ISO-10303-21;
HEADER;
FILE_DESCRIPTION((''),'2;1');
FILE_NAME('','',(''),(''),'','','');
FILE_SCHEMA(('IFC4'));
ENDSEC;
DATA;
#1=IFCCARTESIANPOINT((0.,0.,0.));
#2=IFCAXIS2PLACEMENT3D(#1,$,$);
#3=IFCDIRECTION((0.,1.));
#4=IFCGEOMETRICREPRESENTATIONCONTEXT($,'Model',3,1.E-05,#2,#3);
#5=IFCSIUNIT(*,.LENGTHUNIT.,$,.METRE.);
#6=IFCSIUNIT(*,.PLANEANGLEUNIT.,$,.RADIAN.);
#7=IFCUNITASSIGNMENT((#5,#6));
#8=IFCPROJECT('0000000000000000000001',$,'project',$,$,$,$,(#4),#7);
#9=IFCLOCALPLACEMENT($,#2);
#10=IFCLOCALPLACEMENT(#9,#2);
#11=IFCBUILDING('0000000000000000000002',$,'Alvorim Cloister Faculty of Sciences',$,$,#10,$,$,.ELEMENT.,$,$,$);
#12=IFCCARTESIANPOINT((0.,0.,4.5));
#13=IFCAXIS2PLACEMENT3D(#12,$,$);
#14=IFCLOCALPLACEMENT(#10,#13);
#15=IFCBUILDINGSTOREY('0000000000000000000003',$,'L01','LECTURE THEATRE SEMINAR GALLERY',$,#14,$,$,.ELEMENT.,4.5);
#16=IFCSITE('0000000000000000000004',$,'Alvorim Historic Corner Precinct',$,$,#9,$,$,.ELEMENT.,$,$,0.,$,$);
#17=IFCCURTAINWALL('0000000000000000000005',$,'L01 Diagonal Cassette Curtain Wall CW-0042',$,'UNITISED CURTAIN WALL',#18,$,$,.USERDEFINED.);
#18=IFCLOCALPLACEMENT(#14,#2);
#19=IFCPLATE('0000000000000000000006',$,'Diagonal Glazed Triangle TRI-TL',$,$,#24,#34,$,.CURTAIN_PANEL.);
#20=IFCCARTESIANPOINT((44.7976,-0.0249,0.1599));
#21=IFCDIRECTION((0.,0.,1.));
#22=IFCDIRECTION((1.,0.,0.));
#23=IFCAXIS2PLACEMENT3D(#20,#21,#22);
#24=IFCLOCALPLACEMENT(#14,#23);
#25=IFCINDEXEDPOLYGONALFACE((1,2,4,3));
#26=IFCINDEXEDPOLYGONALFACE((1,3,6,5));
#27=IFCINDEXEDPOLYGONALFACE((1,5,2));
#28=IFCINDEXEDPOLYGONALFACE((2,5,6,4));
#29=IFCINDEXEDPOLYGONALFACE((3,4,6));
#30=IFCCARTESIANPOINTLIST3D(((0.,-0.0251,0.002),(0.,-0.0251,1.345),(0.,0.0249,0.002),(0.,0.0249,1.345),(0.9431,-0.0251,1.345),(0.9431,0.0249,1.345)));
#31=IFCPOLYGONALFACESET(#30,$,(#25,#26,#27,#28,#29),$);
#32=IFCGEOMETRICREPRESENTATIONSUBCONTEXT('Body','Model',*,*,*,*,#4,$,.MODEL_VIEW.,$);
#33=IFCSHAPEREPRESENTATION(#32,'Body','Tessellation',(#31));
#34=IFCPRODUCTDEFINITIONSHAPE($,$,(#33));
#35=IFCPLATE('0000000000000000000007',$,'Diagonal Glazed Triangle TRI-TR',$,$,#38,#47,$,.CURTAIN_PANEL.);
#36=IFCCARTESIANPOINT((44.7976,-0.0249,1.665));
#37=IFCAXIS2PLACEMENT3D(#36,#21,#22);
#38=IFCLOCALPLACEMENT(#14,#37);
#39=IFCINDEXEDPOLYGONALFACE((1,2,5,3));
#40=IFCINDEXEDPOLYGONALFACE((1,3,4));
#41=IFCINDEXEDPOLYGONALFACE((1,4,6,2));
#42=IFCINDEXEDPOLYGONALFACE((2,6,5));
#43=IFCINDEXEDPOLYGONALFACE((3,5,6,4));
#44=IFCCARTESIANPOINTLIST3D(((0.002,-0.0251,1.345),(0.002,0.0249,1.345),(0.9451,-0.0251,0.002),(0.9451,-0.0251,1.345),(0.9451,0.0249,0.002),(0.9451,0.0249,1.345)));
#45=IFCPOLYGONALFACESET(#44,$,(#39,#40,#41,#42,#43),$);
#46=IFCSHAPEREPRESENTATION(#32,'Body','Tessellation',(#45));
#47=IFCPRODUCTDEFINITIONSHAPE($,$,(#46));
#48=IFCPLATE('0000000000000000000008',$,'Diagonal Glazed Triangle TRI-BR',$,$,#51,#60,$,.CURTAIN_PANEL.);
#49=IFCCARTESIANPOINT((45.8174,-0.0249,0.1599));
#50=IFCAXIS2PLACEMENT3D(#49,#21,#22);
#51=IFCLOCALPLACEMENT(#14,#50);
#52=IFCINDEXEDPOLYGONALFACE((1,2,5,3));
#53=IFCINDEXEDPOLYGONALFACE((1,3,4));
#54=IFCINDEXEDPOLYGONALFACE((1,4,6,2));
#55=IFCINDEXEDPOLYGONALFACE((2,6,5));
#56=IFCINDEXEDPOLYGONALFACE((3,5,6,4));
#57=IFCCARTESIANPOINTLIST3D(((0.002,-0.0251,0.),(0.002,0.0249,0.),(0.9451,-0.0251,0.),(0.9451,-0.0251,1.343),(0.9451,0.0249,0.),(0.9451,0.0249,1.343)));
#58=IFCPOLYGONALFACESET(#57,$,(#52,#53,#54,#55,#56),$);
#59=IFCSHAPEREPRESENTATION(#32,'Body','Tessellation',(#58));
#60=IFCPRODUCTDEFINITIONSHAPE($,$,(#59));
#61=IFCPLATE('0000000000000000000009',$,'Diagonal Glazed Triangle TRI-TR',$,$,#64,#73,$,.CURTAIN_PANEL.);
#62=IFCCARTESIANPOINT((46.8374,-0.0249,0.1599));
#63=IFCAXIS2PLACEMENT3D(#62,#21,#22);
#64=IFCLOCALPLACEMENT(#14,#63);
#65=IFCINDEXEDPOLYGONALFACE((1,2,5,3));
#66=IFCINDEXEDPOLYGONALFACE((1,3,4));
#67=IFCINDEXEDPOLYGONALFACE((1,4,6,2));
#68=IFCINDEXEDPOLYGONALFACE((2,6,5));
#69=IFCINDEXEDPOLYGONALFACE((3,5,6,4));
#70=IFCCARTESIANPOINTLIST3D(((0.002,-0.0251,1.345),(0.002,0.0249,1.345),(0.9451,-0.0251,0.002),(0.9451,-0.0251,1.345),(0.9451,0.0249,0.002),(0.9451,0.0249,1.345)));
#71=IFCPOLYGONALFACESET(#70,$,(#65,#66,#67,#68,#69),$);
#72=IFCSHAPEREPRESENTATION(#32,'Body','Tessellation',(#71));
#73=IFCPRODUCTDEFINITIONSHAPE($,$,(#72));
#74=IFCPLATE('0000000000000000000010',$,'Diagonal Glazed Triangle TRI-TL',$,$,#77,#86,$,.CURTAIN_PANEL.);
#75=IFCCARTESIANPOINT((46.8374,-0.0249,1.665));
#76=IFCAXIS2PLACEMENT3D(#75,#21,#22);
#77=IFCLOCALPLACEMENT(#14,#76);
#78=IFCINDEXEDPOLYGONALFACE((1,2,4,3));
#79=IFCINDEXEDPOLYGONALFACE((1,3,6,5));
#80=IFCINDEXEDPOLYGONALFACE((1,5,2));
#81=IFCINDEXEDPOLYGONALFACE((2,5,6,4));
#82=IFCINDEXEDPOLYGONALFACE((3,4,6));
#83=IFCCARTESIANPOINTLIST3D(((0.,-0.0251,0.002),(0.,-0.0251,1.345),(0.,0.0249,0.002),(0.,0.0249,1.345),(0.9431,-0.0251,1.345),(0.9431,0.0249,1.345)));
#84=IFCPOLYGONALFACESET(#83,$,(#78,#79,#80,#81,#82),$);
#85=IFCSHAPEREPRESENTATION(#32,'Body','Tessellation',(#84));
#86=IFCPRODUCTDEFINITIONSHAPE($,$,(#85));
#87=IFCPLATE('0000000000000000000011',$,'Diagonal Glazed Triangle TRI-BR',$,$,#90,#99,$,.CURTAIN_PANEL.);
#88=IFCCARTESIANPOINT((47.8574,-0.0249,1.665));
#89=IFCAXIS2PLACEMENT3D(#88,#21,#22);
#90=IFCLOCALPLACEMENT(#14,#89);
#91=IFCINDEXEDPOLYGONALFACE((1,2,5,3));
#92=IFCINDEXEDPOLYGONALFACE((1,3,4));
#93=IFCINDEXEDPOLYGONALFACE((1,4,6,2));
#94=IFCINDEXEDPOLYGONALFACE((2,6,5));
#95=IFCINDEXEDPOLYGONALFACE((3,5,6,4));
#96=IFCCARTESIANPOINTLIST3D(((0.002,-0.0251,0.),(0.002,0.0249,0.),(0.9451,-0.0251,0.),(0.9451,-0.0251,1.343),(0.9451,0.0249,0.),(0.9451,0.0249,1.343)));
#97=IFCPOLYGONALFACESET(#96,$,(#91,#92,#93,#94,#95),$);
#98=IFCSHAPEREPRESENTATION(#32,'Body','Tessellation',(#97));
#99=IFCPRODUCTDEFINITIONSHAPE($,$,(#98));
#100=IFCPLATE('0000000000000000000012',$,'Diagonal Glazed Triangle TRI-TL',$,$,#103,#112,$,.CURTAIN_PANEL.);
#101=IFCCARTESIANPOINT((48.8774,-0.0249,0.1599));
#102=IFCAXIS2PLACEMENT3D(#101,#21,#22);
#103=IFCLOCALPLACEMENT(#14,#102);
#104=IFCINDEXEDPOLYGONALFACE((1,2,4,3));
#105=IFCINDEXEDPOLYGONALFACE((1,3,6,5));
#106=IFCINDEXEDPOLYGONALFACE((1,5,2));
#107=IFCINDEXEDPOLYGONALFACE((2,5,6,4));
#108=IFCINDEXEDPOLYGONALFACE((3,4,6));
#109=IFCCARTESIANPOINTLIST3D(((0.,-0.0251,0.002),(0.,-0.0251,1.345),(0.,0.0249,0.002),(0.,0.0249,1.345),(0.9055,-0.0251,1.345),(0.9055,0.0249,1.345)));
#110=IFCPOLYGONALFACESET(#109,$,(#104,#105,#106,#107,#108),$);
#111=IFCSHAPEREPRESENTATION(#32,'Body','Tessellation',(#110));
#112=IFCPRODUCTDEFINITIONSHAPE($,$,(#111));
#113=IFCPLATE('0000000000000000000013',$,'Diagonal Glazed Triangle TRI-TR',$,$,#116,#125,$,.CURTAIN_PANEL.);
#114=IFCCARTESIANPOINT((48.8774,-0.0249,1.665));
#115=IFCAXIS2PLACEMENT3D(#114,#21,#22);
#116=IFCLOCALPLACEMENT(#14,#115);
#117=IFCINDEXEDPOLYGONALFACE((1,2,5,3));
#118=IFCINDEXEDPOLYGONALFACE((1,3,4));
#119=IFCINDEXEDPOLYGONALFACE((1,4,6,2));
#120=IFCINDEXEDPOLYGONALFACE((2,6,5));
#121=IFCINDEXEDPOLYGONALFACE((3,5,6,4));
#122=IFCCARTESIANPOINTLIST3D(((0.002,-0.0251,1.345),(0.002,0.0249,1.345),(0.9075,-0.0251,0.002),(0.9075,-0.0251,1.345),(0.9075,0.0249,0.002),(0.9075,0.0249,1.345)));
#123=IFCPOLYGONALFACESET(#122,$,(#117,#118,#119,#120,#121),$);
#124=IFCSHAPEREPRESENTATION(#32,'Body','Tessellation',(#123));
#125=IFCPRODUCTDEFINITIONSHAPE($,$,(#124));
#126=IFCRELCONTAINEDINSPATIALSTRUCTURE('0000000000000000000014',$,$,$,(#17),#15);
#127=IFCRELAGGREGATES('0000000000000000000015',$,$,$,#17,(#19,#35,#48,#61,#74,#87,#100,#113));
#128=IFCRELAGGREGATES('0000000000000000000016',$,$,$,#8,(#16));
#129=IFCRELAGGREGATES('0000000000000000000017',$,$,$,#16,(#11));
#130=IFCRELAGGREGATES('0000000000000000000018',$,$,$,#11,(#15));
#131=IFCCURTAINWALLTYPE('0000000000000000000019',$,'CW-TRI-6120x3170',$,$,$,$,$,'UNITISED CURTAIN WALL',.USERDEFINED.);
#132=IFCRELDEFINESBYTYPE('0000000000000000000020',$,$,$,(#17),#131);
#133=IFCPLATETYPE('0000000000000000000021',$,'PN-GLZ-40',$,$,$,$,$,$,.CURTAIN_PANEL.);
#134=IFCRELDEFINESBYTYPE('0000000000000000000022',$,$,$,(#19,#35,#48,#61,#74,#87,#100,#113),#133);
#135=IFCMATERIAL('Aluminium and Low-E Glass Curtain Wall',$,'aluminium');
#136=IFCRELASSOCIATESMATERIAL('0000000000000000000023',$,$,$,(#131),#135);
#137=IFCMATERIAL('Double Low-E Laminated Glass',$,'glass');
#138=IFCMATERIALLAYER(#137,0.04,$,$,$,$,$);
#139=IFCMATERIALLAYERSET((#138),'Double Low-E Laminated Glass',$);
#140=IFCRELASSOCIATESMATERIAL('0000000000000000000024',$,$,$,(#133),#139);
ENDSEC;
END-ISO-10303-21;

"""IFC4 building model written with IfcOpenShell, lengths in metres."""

from ifc_helpers import new_model, si_unit, direction, frame, origin, place, context, subcontext, project, spatial, polyline, outline, extrude, material, layer, layer_set, type_object, element, aggregate, save


model = new_model("IFC4")

# Units and contexts
model_context = context("Model", 3, precision=1e-05, world=origin(), true_north=direction((0.0, 1.0)))
body_context = subcontext(model_context, "Body", "Model", "MODEL_VIEW")
ifc_project = project(units=[si_unit("LENGTHUNIT", "METRE"), si_unit("PLANEANGLEUNIT", "RADIAN")], contexts=[model_context])

# Site, building, storey
site_placement = place(None, origin())
site = spatial("IfcSite", under=ifc_project, at=site_placement, Name="Alvorim Historic Corner Precinct", CompositionType="ELEMENT", RefElevation=0.0)
building_placement = place(site_placement, origin())
building = spatial("IfcBuilding", under=site, at=building_placement, Name="Alvorim Cloister Faculty of Sciences", CompositionType="ELEMENT")
storey_placement = place(building_placement, frame((0.0, 0.0, 4.5)))
storey = spatial("IfcBuildingStorey", under=building, at=storey_placement, Name="L01", Description="LECTURE THEATRE SEMINAR GALLERY", CompositionType="ELEMENT", Elevation=4.5)

# Curtain wall, plates
ifc_material_1 = material(Name="Aluminium and Low-E Glass Curtain Wall", Category="aluminium")
curtain_wall_type = type_object("IfcCurtainWallType", Name="CW-TRI-6120x3170", ElementType="UNITISED CURTAIN WALL", PredefinedType="USERDEFINED", material=ifc_material_1)
curtain_wall_placement = place(storey_placement, origin())
curtain_wall = element("IfcCurtainWall", 1, at=curtain_wall_placement, inside=storey, type_object=curtain_wall_type, Name="L01 Diagonal Cassette Curtain Wall CW-0042", ObjectType="UNITISED CURTAIN WALL", PredefinedType="USERDEFINED")
ifc_material_2 = material(Name="Double Low-E Laminated Glass", Category="glass")
ifc_layer = layer(ifc_material_2, 0.04)
ifc_layer_set = layer_set([ifc_layer], Name="Double Low-E Laminated Glass")
plate_type = type_object("IfcPlateType", Name="PN-GLZ-40", PredefinedType="CURTAIN_PANEL", material=ifc_layer_set)
plate_1_placement = place(storey_placement, frame((44.7976, -0.0249, 0.1599), z_axis=(0.0, 0.0, 1.0), x_axis=(1.0, 0.0, 0.0)))
plate_1 = element("IfcPlate", 2, at=plate_1_placement, type_object=plate_type, Name="Diagonal Glazed Triangle TRI-TL", PredefinedType="CURTAIN_PANEL", context=body_context, shape_type="SweptSolid", body=[
    extrude(outline(polyline([(0.9431, 1.345), (0.0, 1.345), (0.0, 0.002), (0.9431, 1.345)])), frame((0.0, 0.0249, 0.0), z_axis=(0.0, -1.0, 0.0), x_axis=(1.0, 0.0, 0.0)), (0.0, 0.0, 1.0), 0.05),
])
plate_2_placement = place(storey_placement, frame((44.7976, -0.0249, 1.665), z_axis=(0.0, 0.0, 1.0), x_axis=(1.0, 0.0, 0.0)))
plate_2 = element("IfcPlate", 3, at=plate_2_placement, type_object=plate_type, Name="Diagonal Glazed Triangle TRI-TR", PredefinedType="CURTAIN_PANEL", context=body_context, shape_type="SweptSolid", body=[
    extrude(outline(polyline([(0.9451, 0.002), (0.9451, 1.345), (0.002, 1.345), (0.9451, 0.002)])), frame((0.0, 0.0249, 0.0), z_axis=(0.0, -1.0, 0.0), x_axis=(1.0, 0.0, 0.0)), (0.0, 0.0, 1.0), 0.05),
])
plate_3_placement = place(storey_placement, frame((45.8174, -0.0249, 0.1599), z_axis=(0.0, 0.0, 1.0), x_axis=(1.0, 0.0, 0.0)))
plate_3 = element("IfcPlate", 4, at=plate_3_placement, type_object=plate_type, Name="Diagonal Glazed Triangle TRI-BR", PredefinedType="CURTAIN_PANEL", context=body_context, shape_type="SweptSolid", body=[
    extrude(outline(polyline([(0.002, 0.0), (0.9451, 0.0), (0.9451, 1.343), (0.002, 0.0)])), frame((0.0, 0.0249, 0.0), z_axis=(0.0, -1.0, 0.0), x_axis=(1.0, 0.0, 0.0)), (0.0, 0.0, 1.0), 0.05),
])
plate_4_placement = place(storey_placement, frame((46.8374, -0.0249, 0.1599), z_axis=(0.0, 0.0, 1.0), x_axis=(1.0, 0.0, 0.0)))
plate_4 = element("IfcPlate", 5, at=plate_4_placement, type_object=plate_type, Name="Diagonal Glazed Triangle TRI-TR", PredefinedType="CURTAIN_PANEL", context=body_context, shape_type="SweptSolid", body=[
    extrude(outline(polyline([(0.9451, 0.002), (0.9451, 1.345), (0.002, 1.345), (0.9451, 0.002)])), frame((0.0, 0.0249, 0.0), z_axis=(0.0, -1.0, 0.0), x_axis=(1.0, 0.0, 0.0)), (0.0, 0.0, 1.0), 0.05),
])
plate_5_placement = place(storey_placement, frame((46.8374, -0.0249, 1.665), z_axis=(0.0, 0.0, 1.0), x_axis=(1.0, 0.0, 0.0)))
plate_5 = element("IfcPlate", 6, at=plate_5_placement, type_object=plate_type, Name="Diagonal Glazed Triangle TRI-TL", PredefinedType="CURTAIN_PANEL", context=body_context, shape_type="SweptSolid", body=[
    extrude(outline(polyline([(0.9431, 1.345), (0.0, 1.345), (0.0, 0.002), (0.9431, 1.345)])), frame((0.0, 0.0249, 0.0), z_axis=(0.0, -1.0, 0.0), x_axis=(1.0, 0.0, 0.0)), (0.0, 0.0, 1.0), 0.05),
])
plate_6_placement = place(storey_placement, frame((47.8574, -0.0249, 1.665), z_axis=(0.0, 0.0, 1.0), x_axis=(1.0, 0.0, 0.0)))
plate_6 = element("IfcPlate", 7, at=plate_6_placement, type_object=plate_type, Name="Diagonal Glazed Triangle TRI-BR", PredefinedType="CURTAIN_PANEL", context=body_context, shape_type="SweptSolid", body=[
    extrude(outline(polyline([(0.002, 0.0), (0.9451, 0.0), (0.9451, 1.343), (0.002, 0.0)])), frame((0.0, 0.0249, 0.0), z_axis=(0.0, -1.0, 0.0), x_axis=(1.0, 0.0, 0.0)), (0.0, 0.0, 1.0), 0.05),
])
plate_7_placement = place(storey_placement, frame((48.8774, -0.0249, 0.1599), z_axis=(0.0, 0.0, 1.0), x_axis=(1.0, 0.0, 0.0)))
plate_7 = element("IfcPlate", 8, at=plate_7_placement, type_object=plate_type, Name="Diagonal Glazed Triangle TRI-TL", PredefinedType="CURTAIN_PANEL", context=body_context, shape_type="SweptSolid", body=[
    extrude(outline(polyline([(0.9055, 1.345), (0.0, 1.345), (0.0, 0.002), (0.9055, 1.345)])), frame((0.0, 0.0249, 0.0), z_axis=(0.0, -1.0, 0.0), x_axis=(1.0, 0.0, 0.0)), (0.0, 0.0, 1.0), 0.05),
])
plate_8_placement = place(storey_placement, frame((48.8774, -0.0249, 1.665), z_axis=(0.0, 0.0, 1.0), x_axis=(1.0, 0.0, 0.0)))
plate_8 = element("IfcPlate", 9, at=plate_8_placement, type_object=plate_type, Name="Diagonal Glazed Triangle TRI-TR", PredefinedType="CURTAIN_PANEL", context=body_context, shape_type="SweptSolid", body=[
    extrude(outline(polyline([(0.9075, 0.002), (0.9075, 1.345), (0.002, 1.345), (0.9075, 0.002)])), frame((0.0, 0.0249, 0.0), z_axis=(0.0, -1.0, 0.0), x_axis=(1.0, 0.0, 0.0)), (0.0, 0.0, 1.0), 0.05),
])
aggregate(curtain_wall, [plate_1, plate_2, plate_3, plate_4, plate_5, plate_6, plate_7, plate_8])

save(model, "model.ifc")
